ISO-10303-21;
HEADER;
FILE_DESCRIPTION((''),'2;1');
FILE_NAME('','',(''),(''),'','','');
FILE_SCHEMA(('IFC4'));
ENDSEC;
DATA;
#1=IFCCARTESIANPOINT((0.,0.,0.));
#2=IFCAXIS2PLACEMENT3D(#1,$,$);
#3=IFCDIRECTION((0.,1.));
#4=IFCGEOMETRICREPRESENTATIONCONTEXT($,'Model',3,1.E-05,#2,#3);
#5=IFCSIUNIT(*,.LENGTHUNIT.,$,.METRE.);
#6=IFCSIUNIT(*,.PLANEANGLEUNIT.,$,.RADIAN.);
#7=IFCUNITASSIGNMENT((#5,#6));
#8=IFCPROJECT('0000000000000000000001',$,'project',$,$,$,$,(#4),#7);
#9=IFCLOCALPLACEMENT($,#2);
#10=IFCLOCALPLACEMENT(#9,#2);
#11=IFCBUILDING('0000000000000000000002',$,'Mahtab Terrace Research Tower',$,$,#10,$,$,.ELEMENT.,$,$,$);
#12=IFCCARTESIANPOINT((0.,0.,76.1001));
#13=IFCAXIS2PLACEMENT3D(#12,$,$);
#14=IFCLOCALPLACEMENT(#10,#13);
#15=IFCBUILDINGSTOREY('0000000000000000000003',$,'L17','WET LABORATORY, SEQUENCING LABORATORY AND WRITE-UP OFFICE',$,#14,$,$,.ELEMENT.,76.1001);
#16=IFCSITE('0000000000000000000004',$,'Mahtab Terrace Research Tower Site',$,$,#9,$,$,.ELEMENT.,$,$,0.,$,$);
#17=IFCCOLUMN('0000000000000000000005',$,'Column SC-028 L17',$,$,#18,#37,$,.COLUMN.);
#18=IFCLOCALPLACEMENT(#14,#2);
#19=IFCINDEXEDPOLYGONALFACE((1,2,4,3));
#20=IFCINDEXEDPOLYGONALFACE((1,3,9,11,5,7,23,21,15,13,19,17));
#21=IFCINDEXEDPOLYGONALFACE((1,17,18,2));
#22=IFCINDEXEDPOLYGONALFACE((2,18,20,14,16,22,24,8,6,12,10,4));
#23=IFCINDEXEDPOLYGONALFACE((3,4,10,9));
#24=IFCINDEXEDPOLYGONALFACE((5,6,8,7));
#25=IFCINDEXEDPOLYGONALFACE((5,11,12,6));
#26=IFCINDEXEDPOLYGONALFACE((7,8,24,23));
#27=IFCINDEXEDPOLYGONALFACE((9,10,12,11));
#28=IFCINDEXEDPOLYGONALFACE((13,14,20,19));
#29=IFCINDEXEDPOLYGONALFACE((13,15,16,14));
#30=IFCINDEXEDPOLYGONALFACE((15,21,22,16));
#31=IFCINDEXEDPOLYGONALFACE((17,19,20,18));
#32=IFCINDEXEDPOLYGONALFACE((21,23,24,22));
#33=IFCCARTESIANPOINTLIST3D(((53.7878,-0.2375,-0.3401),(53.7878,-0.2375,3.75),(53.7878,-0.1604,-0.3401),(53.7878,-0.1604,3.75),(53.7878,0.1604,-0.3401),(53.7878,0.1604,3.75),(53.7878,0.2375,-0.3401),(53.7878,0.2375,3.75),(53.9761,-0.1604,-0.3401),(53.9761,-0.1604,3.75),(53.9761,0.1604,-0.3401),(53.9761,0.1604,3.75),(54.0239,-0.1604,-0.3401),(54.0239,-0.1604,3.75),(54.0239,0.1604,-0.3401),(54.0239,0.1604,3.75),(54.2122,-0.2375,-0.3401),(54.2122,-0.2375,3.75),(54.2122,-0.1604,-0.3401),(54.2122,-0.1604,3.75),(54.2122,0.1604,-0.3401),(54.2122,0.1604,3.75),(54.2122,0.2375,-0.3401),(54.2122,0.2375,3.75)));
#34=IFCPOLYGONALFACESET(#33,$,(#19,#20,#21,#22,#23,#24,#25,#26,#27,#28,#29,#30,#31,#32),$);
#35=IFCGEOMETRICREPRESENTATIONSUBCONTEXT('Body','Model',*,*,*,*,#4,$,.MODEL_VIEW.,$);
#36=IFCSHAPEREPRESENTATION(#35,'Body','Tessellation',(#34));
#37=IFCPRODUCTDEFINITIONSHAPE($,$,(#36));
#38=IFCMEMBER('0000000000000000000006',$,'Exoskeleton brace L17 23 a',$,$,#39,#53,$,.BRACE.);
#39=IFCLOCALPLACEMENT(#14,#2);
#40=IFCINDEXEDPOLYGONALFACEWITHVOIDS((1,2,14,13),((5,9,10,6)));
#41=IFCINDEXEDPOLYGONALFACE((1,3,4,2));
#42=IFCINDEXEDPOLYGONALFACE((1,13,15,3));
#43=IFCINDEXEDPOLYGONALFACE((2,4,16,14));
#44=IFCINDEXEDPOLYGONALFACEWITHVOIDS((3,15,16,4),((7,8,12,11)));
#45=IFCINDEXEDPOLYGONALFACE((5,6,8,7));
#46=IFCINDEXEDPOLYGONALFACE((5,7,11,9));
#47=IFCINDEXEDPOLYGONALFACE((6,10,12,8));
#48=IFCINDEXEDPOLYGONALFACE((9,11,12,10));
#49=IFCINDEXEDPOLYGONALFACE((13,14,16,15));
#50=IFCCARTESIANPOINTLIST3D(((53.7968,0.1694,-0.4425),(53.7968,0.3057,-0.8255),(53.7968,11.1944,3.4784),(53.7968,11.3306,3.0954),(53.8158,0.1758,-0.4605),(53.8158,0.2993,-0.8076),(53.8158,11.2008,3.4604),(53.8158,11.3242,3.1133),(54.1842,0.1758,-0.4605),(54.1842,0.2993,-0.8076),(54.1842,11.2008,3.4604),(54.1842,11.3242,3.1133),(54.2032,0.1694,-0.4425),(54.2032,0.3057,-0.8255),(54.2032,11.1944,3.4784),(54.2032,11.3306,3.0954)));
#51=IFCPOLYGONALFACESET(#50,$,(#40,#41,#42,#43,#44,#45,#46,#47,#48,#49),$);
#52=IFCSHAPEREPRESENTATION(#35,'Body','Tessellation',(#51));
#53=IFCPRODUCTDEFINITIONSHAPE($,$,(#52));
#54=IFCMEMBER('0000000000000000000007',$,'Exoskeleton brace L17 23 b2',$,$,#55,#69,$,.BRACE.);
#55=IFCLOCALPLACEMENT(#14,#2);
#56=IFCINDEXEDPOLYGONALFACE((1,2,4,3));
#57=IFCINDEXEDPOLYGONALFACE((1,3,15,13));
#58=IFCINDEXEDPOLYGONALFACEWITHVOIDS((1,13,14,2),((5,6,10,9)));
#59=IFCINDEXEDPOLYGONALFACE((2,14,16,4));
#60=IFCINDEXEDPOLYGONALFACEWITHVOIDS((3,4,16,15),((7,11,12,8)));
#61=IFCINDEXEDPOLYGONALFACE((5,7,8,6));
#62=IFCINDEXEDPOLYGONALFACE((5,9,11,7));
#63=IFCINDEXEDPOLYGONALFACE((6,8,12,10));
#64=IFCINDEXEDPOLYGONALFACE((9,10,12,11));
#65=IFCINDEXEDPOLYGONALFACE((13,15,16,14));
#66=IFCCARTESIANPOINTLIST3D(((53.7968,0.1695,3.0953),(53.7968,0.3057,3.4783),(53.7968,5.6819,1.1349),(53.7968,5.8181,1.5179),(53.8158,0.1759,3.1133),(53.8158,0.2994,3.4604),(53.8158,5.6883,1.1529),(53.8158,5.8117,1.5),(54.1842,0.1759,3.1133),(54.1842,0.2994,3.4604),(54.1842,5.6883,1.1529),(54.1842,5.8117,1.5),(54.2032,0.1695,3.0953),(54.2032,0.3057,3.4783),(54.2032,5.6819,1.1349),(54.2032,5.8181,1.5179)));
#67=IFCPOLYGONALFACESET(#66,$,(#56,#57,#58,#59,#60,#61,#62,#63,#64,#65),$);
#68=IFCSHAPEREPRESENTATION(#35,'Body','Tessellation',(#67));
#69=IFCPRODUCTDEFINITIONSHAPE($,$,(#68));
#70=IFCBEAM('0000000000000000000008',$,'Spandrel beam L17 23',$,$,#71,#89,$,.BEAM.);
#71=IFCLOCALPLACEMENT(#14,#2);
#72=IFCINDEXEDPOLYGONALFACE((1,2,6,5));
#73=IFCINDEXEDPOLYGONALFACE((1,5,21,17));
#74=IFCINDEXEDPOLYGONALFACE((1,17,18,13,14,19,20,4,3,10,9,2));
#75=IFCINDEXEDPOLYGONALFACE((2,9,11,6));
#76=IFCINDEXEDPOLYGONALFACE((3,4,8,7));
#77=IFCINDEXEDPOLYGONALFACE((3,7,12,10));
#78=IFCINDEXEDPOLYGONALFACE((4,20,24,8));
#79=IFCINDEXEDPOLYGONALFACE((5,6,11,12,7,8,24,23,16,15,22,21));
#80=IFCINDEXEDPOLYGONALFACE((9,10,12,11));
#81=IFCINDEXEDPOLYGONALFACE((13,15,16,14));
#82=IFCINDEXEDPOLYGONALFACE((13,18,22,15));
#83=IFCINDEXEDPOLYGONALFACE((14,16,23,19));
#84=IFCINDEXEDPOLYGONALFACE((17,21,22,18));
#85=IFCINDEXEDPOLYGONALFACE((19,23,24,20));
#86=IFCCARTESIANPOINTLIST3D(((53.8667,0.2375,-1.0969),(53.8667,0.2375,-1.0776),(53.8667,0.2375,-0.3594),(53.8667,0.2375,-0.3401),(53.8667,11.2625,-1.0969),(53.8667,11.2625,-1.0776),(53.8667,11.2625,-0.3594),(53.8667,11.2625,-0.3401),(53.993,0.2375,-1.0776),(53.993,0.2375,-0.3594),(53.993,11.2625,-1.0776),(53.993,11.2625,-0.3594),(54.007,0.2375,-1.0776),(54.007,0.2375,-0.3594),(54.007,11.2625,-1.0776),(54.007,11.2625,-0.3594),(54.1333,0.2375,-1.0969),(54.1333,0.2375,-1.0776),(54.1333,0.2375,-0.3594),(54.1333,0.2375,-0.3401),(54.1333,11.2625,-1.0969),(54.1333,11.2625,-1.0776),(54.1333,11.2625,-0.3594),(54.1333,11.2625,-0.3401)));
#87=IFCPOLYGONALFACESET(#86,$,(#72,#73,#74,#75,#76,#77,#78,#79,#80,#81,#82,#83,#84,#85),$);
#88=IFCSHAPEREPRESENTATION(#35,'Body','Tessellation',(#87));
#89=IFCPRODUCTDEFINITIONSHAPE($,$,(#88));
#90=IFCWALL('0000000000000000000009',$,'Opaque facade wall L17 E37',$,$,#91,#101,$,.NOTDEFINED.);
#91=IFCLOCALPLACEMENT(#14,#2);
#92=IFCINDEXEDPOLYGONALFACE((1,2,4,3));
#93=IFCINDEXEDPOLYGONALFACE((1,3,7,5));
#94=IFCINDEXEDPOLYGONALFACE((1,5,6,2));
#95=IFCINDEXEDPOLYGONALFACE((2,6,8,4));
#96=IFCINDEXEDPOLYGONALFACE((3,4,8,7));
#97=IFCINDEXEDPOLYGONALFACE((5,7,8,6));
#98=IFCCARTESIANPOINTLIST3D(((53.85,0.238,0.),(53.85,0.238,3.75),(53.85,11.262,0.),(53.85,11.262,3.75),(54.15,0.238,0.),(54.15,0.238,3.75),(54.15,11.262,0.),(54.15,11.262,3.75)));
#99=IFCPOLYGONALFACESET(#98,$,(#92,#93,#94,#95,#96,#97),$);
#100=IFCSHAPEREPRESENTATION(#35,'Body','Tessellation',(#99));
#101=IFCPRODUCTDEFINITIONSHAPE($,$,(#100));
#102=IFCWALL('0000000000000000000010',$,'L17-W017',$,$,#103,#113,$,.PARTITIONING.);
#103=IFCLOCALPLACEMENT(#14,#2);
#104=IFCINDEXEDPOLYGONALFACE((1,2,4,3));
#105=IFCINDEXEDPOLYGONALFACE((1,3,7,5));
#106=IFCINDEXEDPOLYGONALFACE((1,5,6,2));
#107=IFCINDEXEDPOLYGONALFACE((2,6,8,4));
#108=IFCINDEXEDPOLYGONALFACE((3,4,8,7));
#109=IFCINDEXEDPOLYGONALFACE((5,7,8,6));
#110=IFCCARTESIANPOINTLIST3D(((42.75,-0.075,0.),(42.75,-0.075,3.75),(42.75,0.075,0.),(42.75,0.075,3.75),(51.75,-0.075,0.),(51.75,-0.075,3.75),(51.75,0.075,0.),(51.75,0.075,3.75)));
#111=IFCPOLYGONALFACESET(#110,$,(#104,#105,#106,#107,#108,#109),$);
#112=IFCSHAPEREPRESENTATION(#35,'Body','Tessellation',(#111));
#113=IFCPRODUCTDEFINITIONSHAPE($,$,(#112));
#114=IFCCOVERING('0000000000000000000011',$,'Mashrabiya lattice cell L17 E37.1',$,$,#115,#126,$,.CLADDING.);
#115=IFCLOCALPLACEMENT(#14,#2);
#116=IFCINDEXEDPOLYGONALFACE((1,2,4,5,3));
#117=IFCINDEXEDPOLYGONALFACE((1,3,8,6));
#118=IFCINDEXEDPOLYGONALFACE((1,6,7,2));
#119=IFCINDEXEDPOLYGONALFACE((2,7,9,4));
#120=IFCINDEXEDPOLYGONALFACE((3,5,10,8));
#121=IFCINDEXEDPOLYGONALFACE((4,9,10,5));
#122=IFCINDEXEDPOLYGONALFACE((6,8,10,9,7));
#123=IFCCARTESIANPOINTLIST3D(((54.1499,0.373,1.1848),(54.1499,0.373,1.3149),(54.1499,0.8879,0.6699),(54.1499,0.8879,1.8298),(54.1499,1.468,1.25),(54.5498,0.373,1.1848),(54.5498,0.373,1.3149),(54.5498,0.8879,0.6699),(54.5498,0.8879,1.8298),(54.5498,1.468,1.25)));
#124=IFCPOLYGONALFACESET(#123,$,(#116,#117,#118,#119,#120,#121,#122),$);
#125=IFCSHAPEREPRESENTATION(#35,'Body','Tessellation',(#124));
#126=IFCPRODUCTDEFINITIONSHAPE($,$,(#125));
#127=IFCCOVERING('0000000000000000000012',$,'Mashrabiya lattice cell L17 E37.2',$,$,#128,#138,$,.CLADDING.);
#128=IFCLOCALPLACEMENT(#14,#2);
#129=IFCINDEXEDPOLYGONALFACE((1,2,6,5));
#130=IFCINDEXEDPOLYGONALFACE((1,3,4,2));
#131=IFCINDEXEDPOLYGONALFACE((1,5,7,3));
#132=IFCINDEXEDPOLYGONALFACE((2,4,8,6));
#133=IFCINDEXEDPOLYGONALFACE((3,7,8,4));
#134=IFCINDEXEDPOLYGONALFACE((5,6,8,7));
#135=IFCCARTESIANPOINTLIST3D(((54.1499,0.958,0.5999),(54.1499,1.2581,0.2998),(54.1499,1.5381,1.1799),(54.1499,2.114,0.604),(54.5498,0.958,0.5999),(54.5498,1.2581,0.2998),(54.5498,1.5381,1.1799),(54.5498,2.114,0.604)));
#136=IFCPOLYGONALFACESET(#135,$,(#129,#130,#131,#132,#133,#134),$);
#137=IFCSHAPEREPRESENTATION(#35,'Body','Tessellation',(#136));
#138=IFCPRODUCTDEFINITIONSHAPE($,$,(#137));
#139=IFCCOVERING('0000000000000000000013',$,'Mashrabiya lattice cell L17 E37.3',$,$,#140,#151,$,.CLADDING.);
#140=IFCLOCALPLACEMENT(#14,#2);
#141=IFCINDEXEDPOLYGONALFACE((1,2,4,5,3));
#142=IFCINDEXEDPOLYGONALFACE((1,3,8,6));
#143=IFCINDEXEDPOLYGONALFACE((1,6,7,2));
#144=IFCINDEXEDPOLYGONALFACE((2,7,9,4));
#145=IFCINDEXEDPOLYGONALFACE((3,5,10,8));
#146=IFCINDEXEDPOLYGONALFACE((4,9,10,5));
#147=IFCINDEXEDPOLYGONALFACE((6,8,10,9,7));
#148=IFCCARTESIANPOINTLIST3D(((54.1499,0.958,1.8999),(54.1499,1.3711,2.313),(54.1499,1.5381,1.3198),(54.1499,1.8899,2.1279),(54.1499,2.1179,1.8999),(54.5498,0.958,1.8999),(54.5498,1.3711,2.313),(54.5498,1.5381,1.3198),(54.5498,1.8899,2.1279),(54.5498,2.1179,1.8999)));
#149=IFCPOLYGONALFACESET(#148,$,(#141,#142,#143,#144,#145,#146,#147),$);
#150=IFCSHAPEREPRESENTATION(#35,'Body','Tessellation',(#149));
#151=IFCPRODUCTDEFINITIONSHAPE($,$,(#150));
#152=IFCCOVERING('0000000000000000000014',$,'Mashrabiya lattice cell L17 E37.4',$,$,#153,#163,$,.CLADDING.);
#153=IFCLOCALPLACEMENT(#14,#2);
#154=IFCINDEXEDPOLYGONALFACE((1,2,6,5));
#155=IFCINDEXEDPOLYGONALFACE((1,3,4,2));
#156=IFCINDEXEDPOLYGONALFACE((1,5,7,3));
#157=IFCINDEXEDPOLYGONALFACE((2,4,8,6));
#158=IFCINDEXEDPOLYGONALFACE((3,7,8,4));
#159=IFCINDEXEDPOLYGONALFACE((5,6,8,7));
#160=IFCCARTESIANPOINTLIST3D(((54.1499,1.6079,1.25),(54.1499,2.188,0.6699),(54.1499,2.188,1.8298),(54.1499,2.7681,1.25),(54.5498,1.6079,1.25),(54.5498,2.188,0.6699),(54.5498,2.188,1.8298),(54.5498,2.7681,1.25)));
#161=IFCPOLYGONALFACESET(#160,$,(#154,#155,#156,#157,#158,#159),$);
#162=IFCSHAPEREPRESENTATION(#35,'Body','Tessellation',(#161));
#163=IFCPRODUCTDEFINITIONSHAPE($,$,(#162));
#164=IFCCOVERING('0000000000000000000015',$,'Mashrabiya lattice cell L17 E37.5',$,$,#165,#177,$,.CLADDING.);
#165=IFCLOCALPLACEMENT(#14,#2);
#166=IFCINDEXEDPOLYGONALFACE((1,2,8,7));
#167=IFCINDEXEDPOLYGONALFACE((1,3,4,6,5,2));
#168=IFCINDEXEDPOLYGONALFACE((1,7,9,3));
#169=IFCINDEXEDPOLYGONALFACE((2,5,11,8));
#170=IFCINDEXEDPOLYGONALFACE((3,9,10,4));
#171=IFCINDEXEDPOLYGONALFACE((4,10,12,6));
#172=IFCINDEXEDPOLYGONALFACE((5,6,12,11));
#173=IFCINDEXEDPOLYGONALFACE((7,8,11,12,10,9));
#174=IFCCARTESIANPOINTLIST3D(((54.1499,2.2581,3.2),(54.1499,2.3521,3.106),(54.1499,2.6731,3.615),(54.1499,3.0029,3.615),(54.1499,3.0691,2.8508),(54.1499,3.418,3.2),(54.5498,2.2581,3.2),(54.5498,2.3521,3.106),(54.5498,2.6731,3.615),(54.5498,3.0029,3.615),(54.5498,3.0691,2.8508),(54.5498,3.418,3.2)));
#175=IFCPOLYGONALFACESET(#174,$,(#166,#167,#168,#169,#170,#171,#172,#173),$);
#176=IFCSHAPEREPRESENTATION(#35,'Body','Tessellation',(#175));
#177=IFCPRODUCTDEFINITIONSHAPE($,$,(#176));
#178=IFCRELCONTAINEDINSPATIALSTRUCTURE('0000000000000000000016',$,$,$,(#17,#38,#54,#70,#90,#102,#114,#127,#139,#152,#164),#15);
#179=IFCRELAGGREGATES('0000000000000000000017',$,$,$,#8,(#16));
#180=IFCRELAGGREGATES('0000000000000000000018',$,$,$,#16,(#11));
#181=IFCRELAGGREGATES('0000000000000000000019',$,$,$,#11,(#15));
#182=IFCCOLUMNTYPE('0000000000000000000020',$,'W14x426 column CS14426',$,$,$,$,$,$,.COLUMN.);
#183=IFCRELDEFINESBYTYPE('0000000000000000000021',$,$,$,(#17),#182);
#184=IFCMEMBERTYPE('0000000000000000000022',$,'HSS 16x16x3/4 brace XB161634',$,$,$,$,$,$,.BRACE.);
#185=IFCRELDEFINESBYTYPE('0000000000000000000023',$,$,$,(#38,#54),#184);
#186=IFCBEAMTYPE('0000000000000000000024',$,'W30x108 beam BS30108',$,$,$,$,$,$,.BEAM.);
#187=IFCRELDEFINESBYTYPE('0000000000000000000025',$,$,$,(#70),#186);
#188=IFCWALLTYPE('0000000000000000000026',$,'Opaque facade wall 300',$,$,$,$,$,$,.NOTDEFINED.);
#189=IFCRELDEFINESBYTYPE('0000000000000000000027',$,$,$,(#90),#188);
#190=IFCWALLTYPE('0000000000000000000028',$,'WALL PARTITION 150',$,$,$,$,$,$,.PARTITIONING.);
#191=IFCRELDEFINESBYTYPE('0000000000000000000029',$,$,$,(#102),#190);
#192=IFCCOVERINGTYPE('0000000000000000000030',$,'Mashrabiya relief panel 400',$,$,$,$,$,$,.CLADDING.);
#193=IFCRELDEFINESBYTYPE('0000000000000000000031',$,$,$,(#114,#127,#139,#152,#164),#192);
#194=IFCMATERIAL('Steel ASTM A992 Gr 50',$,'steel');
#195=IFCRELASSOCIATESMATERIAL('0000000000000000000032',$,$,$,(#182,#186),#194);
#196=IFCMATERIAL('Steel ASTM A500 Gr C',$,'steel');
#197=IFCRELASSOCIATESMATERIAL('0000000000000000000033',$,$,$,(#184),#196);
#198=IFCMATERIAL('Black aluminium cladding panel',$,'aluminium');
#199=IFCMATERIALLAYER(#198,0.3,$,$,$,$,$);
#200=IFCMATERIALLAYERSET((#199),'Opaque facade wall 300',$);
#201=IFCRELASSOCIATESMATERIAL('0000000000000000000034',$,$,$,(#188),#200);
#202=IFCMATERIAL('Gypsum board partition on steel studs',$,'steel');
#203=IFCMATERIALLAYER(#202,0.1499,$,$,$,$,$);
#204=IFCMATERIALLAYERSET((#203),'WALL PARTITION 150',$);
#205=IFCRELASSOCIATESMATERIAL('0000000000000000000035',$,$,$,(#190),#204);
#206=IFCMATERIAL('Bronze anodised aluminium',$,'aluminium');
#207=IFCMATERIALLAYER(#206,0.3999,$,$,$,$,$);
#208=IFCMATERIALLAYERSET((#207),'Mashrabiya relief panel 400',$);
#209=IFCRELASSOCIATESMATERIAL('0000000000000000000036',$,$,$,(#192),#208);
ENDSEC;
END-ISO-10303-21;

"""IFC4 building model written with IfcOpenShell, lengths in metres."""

from ifc_helpers import new_model, si_unit, direction, frame, frame_2d, origin, origin_2d, place, context, subcontext, project, spatial, polyline, rectangle, hollow_rectangle, i_section, outline, extrude, material, layer, layer_set, material_profile, profile_set, type_object, element, save


model = new_model("IFC4")

# Units and contexts
model_context = context("Model", 3, precision=1e-05, world=origin(), true_north=direction((0.0, 1.0)))
body_context = subcontext(model_context, "Body", "Model", "MODEL_VIEW")
ifc_project = project(units=[si_unit("LENGTHUNIT", "METRE"), si_unit("PLANEANGLEUNIT", "RADIAN")], contexts=[model_context])

# Site, building, storey
site_placement = place(None, origin())
site = spatial("IfcSite", under=ifc_project, at=site_placement, Name="Mahtab Terrace Research Tower Site", CompositionType="ELEMENT", RefElevation=0.0)
building_placement = place(site_placement, origin())
building = spatial("IfcBuilding", under=site, at=building_placement, Name="Mahtab Terrace Research Tower", CompositionType="ELEMENT")
storey_placement = place(building_placement, frame((0.0, 0.0, 76.1001)))
storey = spatial("IfcBuildingStorey", under=building, at=storey_placement, Name="L17", Description="WET LABORATORY, SEQUENCING LABORATORY AND WRITE-UP OFFICE", CompositionType="ELEMENT", Elevation=76.1001)

# Column
ifc_material_1 = material(Name="Steel ASTM A992 Gr 50", Category="steel")
ifc_material_profile_1 = material_profile(ifc_material_1, i_section(OverallWidth=0.4243, OverallDepth=0.4751, WebThickness=0.0479, FlangeThickness=0.0771, at=origin_2d()), Name="W14X426")
ifc_profile_set_1 = profile_set([ifc_material_profile_1], Name="Steel ASTM A992 Gr 50")
column_type = type_object("IfcColumnType", Name="W14x426 column CS14426", PredefinedType="COLUMN", material=ifc_profile_set_1)
column_placement = place(storey_placement, frame((54.0, 0.0, -0.3401), z_axis=(0.0, 0.0, 1.0), x_axis=(1.0, 0.0, 0.0)))
element("IfcColumn", 1, at=column_placement, inside=storey, type_object=column_type, Name="Column SC-028 L17", PredefinedType="COLUMN", context=body_context, shape_type="SweptSolid", body=[
    extrude(i_section(OverallWidth=0.4243, OverallDepth=0.4751, WebThickness=0.0479, FlangeThickness=0.0771, at=origin_2d()), origin(), (0.0, 0.0, 1.0), 4.0901),
])

# Members
ifc_material_2 = material(Name="Steel ASTM A500 Gr C", Category="steel")
ifc_material_profile_2 = material_profile(ifc_material_2, hollow_rectangle(XDim=0.4065, YDim=0.4065, WallThickness=0.019, at=origin_2d()), Name="HSS16X16X3/4")
ifc_profile_set_2 = profile_set([ifc_material_profile_2], Name="Steel ASTM A500 Gr C")
member_type = type_object("IfcMemberType", Name="HSS 16x16x3/4 brace XB161634", PredefinedType="BRACE", material=ifc_profile_set_2)
member_1_placement = place(storey_placement, frame((54.0, 0.2375, -0.634), z_axis=(0.0, 0.94219, 0.33508), x_axis=(-1.0, 0.0, 0.0)))
element("IfcMember", 2, at=member_1_placement, inside=storey, type_object=member_type, Name="Exoskeleton brace L17 23 a", PredefinedType="BRACE", context=body_context, shape_type="SweptSolid", body=[
    extrude(hollow_rectangle(XDim=0.4065, YDim=0.4065, WallThickness=0.019, at=origin_2d()), origin(), (0.0, 0.0, 1.0), 11.7014),
])
member_2_placement = place(storey_placement, frame((54.0, 5.75, 1.3264), z_axis=(0.0, -0.94219, 0.33508), x_axis=(1.0, 0.0, 0.0)))
element("IfcMember", 3, at=member_2_placement, inside=storey, type_object=member_type, Name="Exoskeleton brace L17 23 b2", PredefinedType="BRACE", context=body_context, shape_type="SweptSolid", body=[
    extrude(hollow_rectangle(XDim=0.4065, YDim=0.4065, WallThickness=0.019, at=origin_2d()), origin(), (0.0, 0.0, 1.0), 5.8506),
])

# Beam
ifc_material_profile_3 = material_profile(ifc_material_1, i_section(OverallWidth=0.2666, OverallDepth=0.7568, WebThickness=0.0139, FlangeThickness=0.0193, at=origin_2d()), Name="W30X108")
ifc_profile_set_3 = profile_set([ifc_material_profile_3], Name="Steel ASTM A992 Gr 50")
beam_type = type_object("IfcBeamType", Name="W30x108 beam BS30108", PredefinedType="BEAM", material=ifc_profile_set_3)
beam_placement = place(storey_placement, frame((54.0, 0.2375, -0.7185), z_axis=(0.0, 1.0, 0.0), x_axis=(-1.0, 0.0, 0.0)))
element("IfcBeam", 4, at=beam_placement, inside=storey, type_object=beam_type, Name="Spandrel beam L17 23", PredefinedType="BEAM", context=body_context, shape_type="SweptSolid", body=[
    extrude(i_section(OverallWidth=0.2666, OverallDepth=0.7568, WebThickness=0.0139, FlangeThickness=0.0193, at=origin_2d()), origin(), (0.0, 0.0, 1.0), 11.0249),
])

# Walls
ifc_material_3 = material(Name="Black aluminium cladding panel", Category="aluminium")
ifc_layer_1 = layer(ifc_material_3, 0.3)
ifc_layer_set_1 = layer_set([ifc_layer_1], Name="Opaque facade wall 300")
wall_type_1 = type_object("IfcWallType", Name="Opaque facade wall 300", PredefinedType="NOTDEFINED", material=ifc_layer_set_1)
wall_1_placement = place(storey_placement, frame((54.0, 0.238, 0.0), z_axis=(0.0, 0.0, 1.0), x_axis=(0.0, 1.0, 0.0)))
element("IfcWall", 5, at=wall_1_placement, inside=storey, type_object=wall_type_1, Name="Opaque facade wall L17 E37", PredefinedType="NOTDEFINED", context=body_context, shape_type="SweptSolid", body=[
    extrude(rectangle(XDim=11.0239, YDim=0.3, at=frame_2d((5.512, 0.0))), origin(), (0.0, 0.0, 1.0), 3.75),
])
ifc_material_4 = material(Name="Gypsum board partition on steel studs", Category="steel")
ifc_layer_2 = layer(ifc_material_4, 0.1499)
ifc_layer_set_2 = layer_set([ifc_layer_2], Name="WALL PARTITION 150")
wall_type_2 = type_object("IfcWallType", Name="WALL PARTITION 150", PredefinedType="PARTITIONING", material=ifc_layer_set_2)
wall_2_placement = place(storey_placement, frame((42.75, 0.0, 0.0), z_axis=(0.0, 0.0, 1.0), x_axis=(1.0, 0.0, 0.0)))
element("IfcWall", 6, at=wall_2_placement, inside=storey, type_object=wall_type_2, Name="L17-W017", PredefinedType="PARTITIONING", context=body_context, shape_type="SweptSolid", body=[
    extrude(rectangle(XDim=9.0, YDim=0.1499, at=frame_2d((4.5, 0.0))), origin(), (0.0, 0.0, 1.0), 3.75),
])

# Coverings
ifc_material_5 = material(Name="Bronze anodised aluminium", Category="aluminium")
ifc_layer_3 = layer(ifc_material_5, 0.3999)
ifc_layer_set_3 = layer_set([ifc_layer_3], Name="Mashrabiya relief panel 400")
covering_type = type_object("IfcCoveringType", Name="Mashrabiya relief panel 400", PredefinedType="CLADDING", material=ifc_layer_set_3)
covering_1_placement = place(storey_placement, frame((54.1499, 0.8879, 1.8298), z_axis=(-1.0, 0.0, 0.0), x_axis=(0.0, 0.707256, -0.706958)))
element("IfcCovering", 7, at=covering_1_placement, inside=storey, type_object=covering_type, Name="Mashrabiya lattice cell L17 E37.1", PredefinedType="CLADDING", context=body_context, shape_type="SweptSolid", body=[
    extrude(outline(polyline([(0.0, 0.0), (0.8202, 0.0), (0.82, 0.8204), (0.0918, 0.8202), (-0.0002, 0.7282), (0.0, 0.0)])), origin(), (0.0, 0.0, -1.0), 0.3999),
])
covering_2_placement = place(storey_placement, frame((54.1499, 0.958, 0.5999), z_axis=(-1.0, 0.0, 0.0), x_axis=(0.0, 0.707107, 0.707107)))
element("IfcCovering", 8, at=covering_2_placement, inside=storey, type_object=covering_type, Name="Mashrabiya lattice cell L17 E37.2", PredefinedType="CLADDING", context=body_context, shape_type="SweptSolid", body=[
    extrude(outline(polyline([(0.0, 0.0), (0.8204, 0.0), (0.8204, 0.8145), (0.0, 0.4243), (0.0, 0.0)])), origin(), (0.0, 0.0, -1.0), 0.3999),
])
covering_3_placement = place(storey_placement, frame((54.1499, 2.1179, 1.8999), z_axis=(-1.0, 0.0, 0.0), x_axis=(0.0, -0.706958, -0.707256)))
element("IfcCovering", 9, at=covering_3_placement, inside=storey, type_object=covering_type, Name="Mashrabiya lattice cell L17 E37.3", PredefinedType="CLADDING", context=body_context, shape_type="SweptSolid", body=[
    extrude(outline(polyline([(0.0, 0.0), (0.8202, 0.0), (0.82, 0.8204), (0.2358, 0.8202), (-0.0001, 0.3225), (0.0, 0.0)])), origin(), (0.0, 0.0, -1.0), 0.3999),
])
covering_4_placement = place(storey_placement, frame((54.1499, 2.188, 1.8298), z_axis=(-1.0, 0.0, 0.0), x_axis=(0.0, 0.707256, -0.706958)))
element("IfcCovering", 10, at=covering_4_placement, inside=storey, type_object=covering_type, Name="Mashrabiya lattice cell L17 E37.4", PredefinedType="CLADDING", context=body_context, shape_type="SweptSolid", body=[
    extrude(outline(polyline([(0.0, 0.0), (0.8202, 0.0), (0.82, 0.8204), (-0.0003, 0.8202), (0.0, 0.0)])), origin(), (0.0, 0.0, -1.0), 0.3999),
])
covering_5_placement = place(storey_placement, frame((54.1499, 2.2581, 3.2), z_axis=(-1.0, 0.0, 0.0), x_axis=(0.0, 0.707107, 0.707107)))
element("IfcCovering", 11, at=covering_5_placement, inside=storey, type_object=covering_type, Name="Mashrabiya lattice cell L17 E37.5", PredefinedType="CLADDING", context=body_context, shape_type="SweptSolid", body=[
    extrude(outline(polyline([(0.0, 0.0), (0.587, 0.0), (0.8202, 0.2332), (0.8202, 0.8202), (0.3266, 0.8204), (0.0, 0.1329), (0.0, 0.0)])), origin(), (0.0, 0.0, -1.0), 0.3999),
])

save(model, "model.ifc")
